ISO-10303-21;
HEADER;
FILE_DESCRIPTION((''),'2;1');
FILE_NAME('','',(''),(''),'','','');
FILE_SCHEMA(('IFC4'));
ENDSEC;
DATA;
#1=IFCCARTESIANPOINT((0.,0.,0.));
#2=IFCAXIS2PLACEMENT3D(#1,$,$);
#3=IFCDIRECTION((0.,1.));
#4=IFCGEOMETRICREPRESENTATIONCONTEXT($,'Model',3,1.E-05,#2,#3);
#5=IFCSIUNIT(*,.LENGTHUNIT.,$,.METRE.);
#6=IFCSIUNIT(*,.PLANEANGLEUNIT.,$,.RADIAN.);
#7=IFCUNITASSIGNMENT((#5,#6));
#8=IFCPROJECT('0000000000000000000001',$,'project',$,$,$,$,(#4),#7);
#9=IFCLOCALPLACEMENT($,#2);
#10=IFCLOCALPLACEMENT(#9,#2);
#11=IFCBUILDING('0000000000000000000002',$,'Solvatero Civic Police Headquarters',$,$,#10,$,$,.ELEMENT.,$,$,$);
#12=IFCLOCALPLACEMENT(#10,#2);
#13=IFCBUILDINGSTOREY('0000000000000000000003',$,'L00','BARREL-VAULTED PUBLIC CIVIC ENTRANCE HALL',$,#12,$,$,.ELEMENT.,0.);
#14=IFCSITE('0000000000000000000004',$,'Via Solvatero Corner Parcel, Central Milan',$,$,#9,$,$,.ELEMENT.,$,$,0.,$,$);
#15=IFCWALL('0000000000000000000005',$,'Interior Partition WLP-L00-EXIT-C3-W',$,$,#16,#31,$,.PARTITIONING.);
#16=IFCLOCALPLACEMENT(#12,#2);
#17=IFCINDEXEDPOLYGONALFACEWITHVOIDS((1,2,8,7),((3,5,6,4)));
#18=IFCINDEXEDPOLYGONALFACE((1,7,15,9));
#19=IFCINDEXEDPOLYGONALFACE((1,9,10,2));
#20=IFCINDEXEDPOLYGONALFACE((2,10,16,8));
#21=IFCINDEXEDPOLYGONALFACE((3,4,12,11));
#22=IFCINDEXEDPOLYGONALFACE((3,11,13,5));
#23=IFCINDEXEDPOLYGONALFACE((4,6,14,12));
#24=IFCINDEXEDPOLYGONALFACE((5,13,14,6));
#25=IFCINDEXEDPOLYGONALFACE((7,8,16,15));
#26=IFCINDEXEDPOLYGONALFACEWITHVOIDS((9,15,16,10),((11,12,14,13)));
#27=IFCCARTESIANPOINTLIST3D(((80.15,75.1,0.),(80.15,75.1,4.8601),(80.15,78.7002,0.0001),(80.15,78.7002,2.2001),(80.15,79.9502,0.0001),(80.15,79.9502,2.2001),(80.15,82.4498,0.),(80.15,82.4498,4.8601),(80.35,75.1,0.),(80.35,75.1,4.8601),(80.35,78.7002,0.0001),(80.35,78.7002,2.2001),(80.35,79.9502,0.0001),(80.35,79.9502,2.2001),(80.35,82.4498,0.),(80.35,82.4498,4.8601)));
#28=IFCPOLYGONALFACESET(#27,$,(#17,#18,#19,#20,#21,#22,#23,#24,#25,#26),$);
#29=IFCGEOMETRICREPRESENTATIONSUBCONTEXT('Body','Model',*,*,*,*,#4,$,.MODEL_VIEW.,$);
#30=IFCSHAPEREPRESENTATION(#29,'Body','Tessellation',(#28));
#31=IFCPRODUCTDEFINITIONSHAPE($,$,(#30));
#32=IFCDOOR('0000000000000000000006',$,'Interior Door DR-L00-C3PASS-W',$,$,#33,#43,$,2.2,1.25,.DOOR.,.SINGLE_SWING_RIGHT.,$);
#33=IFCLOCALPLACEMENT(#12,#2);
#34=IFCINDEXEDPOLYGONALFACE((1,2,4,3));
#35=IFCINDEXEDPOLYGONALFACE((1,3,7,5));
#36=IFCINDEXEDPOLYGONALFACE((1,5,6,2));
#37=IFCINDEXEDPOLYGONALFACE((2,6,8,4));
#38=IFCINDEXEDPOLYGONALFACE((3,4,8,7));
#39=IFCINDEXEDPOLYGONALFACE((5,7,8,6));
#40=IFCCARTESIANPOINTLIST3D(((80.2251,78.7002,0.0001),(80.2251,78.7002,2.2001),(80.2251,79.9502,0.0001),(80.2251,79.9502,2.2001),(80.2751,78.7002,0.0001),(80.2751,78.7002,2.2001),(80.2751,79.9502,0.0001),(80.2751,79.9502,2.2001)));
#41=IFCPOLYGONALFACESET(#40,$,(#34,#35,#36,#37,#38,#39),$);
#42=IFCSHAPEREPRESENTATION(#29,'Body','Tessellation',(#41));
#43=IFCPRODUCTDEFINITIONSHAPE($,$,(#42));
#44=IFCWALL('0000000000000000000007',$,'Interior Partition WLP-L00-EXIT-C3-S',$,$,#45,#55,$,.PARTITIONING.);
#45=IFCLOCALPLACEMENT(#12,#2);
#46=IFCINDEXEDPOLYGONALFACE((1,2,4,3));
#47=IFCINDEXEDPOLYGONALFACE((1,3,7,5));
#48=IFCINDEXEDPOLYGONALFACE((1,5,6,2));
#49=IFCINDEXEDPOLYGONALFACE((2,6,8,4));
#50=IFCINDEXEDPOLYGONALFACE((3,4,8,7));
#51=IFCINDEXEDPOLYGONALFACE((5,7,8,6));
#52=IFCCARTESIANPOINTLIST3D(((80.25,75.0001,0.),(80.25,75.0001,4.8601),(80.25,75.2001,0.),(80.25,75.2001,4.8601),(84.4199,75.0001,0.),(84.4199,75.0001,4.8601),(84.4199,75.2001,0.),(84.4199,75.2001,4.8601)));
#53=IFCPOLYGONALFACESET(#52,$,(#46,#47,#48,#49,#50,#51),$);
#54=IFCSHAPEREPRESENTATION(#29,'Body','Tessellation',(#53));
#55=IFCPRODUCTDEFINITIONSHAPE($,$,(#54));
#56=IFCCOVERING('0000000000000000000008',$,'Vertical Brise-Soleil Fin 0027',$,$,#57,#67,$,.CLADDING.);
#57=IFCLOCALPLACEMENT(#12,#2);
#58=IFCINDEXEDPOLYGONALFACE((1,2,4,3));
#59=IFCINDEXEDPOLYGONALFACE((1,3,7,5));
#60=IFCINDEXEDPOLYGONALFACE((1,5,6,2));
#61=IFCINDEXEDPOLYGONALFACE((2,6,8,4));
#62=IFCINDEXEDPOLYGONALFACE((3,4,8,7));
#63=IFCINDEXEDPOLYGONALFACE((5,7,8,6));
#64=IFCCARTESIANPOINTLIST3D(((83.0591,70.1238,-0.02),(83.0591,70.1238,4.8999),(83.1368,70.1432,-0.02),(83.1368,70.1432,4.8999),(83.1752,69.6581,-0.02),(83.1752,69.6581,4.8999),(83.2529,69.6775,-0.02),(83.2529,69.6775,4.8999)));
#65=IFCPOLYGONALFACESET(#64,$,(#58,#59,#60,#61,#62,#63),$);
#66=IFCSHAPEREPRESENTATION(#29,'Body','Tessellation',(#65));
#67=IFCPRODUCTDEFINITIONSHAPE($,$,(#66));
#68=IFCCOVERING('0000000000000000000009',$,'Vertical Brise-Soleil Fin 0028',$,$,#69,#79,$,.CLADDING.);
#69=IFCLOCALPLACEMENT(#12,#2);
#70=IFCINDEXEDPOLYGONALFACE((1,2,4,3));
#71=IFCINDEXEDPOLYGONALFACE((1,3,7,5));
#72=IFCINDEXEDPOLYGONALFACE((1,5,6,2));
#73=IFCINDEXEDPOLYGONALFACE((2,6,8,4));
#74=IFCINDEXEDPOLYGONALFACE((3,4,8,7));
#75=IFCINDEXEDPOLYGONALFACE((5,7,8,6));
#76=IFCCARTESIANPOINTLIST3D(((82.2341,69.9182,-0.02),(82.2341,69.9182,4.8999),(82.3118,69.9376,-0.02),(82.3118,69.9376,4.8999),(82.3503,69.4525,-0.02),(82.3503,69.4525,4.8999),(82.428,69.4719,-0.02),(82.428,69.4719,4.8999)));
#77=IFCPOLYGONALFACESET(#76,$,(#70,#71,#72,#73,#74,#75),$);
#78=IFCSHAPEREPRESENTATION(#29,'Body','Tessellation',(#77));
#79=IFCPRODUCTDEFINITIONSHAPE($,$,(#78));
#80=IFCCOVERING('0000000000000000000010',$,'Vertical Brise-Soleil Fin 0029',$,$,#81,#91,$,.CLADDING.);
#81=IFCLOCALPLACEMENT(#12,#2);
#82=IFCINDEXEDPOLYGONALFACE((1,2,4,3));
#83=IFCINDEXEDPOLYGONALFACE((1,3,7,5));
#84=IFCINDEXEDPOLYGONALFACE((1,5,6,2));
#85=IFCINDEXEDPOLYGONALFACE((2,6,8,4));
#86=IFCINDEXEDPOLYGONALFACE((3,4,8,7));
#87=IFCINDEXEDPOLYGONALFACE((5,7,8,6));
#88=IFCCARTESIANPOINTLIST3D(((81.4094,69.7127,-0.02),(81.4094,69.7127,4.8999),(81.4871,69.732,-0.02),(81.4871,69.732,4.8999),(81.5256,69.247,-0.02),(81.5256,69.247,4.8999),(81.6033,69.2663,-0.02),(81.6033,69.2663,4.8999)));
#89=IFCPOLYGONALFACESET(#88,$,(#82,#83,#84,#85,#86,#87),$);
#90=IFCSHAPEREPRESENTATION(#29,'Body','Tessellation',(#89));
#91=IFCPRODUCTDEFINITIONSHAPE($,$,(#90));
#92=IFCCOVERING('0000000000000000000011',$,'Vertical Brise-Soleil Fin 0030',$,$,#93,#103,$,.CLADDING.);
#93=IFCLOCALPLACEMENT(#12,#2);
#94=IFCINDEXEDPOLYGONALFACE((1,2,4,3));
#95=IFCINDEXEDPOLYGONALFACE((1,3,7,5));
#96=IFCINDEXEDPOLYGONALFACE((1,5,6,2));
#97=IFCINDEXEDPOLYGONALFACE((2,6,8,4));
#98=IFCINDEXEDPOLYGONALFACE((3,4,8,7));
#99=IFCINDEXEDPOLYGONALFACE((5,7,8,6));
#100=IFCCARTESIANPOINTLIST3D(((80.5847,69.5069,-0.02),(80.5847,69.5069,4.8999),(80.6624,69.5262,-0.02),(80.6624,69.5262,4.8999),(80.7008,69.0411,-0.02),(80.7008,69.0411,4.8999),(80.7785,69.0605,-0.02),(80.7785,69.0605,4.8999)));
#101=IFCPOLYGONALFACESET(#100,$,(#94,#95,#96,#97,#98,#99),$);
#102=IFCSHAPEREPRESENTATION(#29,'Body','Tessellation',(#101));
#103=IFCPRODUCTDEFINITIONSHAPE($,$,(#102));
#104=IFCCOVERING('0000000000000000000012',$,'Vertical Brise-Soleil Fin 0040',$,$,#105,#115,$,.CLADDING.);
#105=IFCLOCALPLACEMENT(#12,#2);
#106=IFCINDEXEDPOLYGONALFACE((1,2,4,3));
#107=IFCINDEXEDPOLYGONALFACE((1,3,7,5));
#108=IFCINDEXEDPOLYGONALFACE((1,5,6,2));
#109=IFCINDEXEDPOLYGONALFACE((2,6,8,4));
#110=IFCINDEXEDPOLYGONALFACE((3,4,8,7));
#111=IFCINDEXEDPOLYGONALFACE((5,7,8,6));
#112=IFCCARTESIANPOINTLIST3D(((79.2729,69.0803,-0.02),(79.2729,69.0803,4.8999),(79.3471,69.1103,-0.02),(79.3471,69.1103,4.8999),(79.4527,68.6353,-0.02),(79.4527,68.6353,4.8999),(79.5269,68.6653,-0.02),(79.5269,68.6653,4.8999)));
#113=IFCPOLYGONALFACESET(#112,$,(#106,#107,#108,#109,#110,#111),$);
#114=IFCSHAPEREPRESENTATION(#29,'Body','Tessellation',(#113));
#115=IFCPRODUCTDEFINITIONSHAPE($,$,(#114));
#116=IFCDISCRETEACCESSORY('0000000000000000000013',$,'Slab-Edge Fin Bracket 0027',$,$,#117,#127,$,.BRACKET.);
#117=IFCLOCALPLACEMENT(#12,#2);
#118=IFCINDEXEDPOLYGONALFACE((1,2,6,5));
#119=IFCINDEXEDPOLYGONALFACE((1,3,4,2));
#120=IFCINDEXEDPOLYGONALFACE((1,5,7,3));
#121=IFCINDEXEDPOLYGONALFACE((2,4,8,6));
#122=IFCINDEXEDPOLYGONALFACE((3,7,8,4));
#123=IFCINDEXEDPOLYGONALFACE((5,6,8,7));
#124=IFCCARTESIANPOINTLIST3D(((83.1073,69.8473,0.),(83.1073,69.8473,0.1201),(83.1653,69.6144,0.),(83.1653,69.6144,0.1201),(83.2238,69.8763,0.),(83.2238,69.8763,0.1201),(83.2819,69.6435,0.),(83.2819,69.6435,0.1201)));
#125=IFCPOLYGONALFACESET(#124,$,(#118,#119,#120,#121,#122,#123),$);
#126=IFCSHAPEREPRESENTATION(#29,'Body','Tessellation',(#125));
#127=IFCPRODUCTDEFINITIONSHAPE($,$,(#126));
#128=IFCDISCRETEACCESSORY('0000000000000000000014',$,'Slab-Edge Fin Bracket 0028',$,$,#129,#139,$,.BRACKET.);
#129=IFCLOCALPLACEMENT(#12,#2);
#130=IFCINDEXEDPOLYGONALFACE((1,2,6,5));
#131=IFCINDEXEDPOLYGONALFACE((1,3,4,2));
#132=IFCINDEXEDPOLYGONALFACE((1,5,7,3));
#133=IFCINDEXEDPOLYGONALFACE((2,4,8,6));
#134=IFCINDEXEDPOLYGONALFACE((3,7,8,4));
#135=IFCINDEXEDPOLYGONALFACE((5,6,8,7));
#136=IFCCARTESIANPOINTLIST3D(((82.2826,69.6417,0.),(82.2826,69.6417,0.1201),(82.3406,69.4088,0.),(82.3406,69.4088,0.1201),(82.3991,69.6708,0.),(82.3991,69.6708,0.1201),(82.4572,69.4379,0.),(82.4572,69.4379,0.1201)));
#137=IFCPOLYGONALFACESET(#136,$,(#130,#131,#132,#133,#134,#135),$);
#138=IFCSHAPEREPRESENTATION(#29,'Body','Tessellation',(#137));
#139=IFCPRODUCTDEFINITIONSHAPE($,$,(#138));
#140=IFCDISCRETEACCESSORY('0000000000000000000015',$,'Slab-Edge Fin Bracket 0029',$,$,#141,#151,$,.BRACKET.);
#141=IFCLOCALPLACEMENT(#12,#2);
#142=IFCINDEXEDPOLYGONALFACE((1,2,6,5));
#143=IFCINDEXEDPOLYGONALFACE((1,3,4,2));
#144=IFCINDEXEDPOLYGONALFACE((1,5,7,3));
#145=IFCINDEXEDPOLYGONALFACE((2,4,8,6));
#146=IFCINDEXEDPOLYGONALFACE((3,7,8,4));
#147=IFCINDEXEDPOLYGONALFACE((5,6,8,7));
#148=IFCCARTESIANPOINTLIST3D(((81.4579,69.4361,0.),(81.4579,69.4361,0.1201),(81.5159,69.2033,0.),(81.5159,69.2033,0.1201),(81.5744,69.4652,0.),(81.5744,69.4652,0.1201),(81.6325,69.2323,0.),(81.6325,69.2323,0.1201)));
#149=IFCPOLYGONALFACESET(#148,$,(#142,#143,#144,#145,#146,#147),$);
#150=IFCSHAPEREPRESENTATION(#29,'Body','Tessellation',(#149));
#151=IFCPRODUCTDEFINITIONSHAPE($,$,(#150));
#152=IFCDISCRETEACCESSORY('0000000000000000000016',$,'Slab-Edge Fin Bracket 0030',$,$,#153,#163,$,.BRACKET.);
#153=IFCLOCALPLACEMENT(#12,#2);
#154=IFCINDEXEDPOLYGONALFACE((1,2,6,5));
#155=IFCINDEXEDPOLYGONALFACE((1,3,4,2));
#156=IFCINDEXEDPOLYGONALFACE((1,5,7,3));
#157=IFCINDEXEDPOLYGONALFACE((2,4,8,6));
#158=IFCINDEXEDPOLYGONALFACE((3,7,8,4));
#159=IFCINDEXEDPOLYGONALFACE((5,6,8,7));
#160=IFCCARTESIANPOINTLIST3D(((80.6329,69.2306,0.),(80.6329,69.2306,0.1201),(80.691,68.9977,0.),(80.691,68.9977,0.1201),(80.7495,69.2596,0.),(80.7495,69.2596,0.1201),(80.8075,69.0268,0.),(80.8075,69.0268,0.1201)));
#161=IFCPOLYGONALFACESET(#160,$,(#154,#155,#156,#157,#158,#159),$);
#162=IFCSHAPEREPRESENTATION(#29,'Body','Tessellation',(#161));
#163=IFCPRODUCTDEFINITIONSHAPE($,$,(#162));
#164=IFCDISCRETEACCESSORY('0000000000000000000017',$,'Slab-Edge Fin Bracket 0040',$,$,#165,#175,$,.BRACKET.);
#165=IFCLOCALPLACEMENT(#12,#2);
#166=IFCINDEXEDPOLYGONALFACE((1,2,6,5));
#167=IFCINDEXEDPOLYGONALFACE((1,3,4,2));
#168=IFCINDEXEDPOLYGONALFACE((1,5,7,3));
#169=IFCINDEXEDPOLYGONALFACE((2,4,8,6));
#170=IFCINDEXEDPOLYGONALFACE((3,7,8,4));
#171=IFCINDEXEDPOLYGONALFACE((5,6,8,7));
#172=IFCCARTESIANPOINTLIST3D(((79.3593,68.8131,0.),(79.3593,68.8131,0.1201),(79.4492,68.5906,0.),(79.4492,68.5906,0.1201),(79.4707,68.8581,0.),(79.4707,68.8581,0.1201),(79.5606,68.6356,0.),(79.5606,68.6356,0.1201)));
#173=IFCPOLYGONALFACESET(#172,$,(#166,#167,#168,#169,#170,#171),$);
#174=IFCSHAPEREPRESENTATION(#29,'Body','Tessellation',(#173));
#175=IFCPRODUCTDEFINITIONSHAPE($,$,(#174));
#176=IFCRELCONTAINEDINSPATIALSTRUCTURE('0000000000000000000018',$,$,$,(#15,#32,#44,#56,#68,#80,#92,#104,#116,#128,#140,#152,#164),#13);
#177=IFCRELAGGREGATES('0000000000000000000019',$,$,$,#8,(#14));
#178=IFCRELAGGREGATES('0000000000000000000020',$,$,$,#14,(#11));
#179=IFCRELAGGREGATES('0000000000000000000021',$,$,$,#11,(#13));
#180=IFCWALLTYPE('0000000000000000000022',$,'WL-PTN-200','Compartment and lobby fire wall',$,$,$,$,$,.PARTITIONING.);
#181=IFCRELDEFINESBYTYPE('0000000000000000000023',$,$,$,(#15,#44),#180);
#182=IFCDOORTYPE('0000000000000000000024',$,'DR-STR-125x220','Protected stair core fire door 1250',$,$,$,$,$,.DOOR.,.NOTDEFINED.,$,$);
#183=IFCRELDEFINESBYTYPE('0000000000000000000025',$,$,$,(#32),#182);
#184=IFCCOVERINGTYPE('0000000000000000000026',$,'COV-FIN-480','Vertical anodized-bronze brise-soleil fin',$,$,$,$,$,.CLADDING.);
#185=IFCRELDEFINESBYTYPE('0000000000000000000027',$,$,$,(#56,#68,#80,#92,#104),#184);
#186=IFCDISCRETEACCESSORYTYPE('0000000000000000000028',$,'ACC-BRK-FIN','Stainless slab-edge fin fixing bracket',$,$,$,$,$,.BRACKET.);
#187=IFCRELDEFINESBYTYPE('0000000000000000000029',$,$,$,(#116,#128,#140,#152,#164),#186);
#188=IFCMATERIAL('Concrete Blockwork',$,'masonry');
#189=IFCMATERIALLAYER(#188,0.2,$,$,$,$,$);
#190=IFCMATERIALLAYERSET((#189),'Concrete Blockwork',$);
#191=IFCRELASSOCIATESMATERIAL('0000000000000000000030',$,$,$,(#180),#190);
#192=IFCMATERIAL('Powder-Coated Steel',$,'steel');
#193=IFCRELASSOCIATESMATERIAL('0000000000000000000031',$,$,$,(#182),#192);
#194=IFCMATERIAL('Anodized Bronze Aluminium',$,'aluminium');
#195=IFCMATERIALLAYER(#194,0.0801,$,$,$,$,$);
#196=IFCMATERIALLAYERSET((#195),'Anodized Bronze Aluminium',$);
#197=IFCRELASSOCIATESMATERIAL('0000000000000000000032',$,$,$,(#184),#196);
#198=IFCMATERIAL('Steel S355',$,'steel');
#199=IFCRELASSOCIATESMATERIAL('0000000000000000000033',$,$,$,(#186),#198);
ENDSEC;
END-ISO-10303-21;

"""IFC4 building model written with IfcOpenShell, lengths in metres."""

from ifc_helpers import new_model, si_unit, direction, frame, frame_2d, origin, origin_2d, place, context, subcontext, project, spatial, rectangle, extrude, material, layer, layer_set, type_object, element, fill, save


model = new_model("IFC4")

# Units and contexts
model_context = context("Model", 3, precision=1e-05, world=origin(), true_north=direction((0.0, 1.0)))
body_context = subcontext(model_context, "Body", "Model", "MODEL_VIEW")
ifc_project = project(units=[si_unit("LENGTHUNIT", "METRE"), si_unit("PLANEANGLEUNIT", "RADIAN")], contexts=[model_context])

# Site, building, storey
site_placement = place(None, origin())
site = spatial("IfcSite", under=ifc_project, at=site_placement, Name="Via Solvatero Corner Parcel, Central Milan", CompositionType="ELEMENT", RefElevation=0.0)
building_placement = place(site_placement, origin())
building = spatial("IfcBuilding", under=site, at=building_placement, Name="Solvatero Civic Police Headquarters", CompositionType="ELEMENT")
storey_placement = place(building_placement, origin())
storey = spatial("IfcBuildingStorey", under=building, at=storey_placement, Name="L00", Description="BARREL-VAULTED PUBLIC CIVIC ENTRANCE HALL", CompositionType="ELEMENT", Elevation=0.0)

# Shared definitions
ifc_material_1 = material(Name="Steel S355", Category="steel")

# Shared definitions
ifc_material_2 = material(Name="Anodized Bronze Aluminium", Category="aluminium")

# Wall, opening, door
ifc_material_3 = material(Name="Concrete Blockwork", Category="masonry")
ifc_layer_1 = layer(ifc_material_3, 0.2)
ifc_layer_set_1 = layer_set([ifc_layer_1], Name="Concrete Blockwork")
wall_type = type_object("IfcWallType", Name="WL-PTN-200", Description="Compartment and lobby fire wall", PredefinedType="PARTITIONING", material=ifc_layer_set_1)
wall_1_placement = place(storey_placement, frame((80.25, 75.1001, 0.0), z_axis=(0.0, 0.0, 1.0), x_axis=(0.0, 1.0, 0.0)))
wall_1 = element("IfcWall", 1, at=wall_1_placement, inside=storey, type_object=wall_type, Name="Interior Partition WLP-L00-EXIT-C3-W", PredefinedType="PARTITIONING", context=body_context, shape_type="SweptSolid", body=[
    extrude(rectangle(XDim=7.3499, YDim=0.2, at=frame_2d((3.6748, 0.0))), origin(), (0.0, 0.0, 1.0), 4.8601),
])
opening_placement = place(wall_1_placement, frame((3.6001, 0.0, 0.0)))
opening = element("IfcOpeningElement", 2, at=opening_placement, cuts=wall_1, PredefinedType="OPENING", context=body_context, shape_type="SweptSolid", body=[
    extrude(rectangle(XDim=1.25, YDim=2.2, at=frame_2d((0.625, 1.1001))), frame((0.0, 0.1099, 0.0), z_axis=(0.0, -1.0, 0.0), x_axis=(1.0, 0.0, 0.0)), (0.0, 0.0, 1.0), 0.22),
])
ifc_material_4 = material(Name="Powder-Coated Steel", Category="steel")
door_type = type_object("IfcDoorType", Name="DR-STR-125x220", Description="Protected stair core fire door 1250", OperationType="NOTDEFINED", PredefinedType="DOOR", material=ifc_material_4)
door_placement = place(opening_placement, origin())
door = element("IfcDoor", 3, at=door_placement, inside=storey, type_object=door_type, Name="Interior Door DR-L00-C3PASS-W", OperationType="SINGLE_SWING_RIGHT", OverallHeight=2.2, OverallWidth=1.25, PredefinedType="DOOR", context=body_context, shape_type="SweptSolid", body=[
    extrude(rectangle(XDim=1.25, YDim=2.2, at=frame_2d((0.625, 1.1001))), frame((0.0, 0.0249, 0.0), z_axis=(0.0, -1.0, 0.0), x_axis=(1.0, 0.0, 0.0)), (0.0, 0.0, 1.0), 0.05),
])
fill(opening, door)

# Wall
wall_2_placement = place(storey_placement, frame((80.25, 75.1001, 0.0), z_axis=(0.0, 0.0, 1.0), x_axis=(1.0, 0.0, 0.0)))
element("IfcWall", 4, at=wall_2_placement, inside=storey, type_object=wall_type, Name="Interior Partition WLP-L00-EXIT-C3-S", PredefinedType="PARTITIONING", context=body_context, shape_type="SweptSolid", body=[
    extrude(rectangle(XDim=4.1699, YDim=0.2, at=frame_2d((2.085, 0.0))), origin(), (0.0, 0.0, 1.0), 4.8601),
])

# Coverings
ifc_layer_2 = layer(ifc_material_2, 0.0801)
ifc_layer_set_2 = layer_set([ifc_layer_2], Name="Anodized Bronze Aluminium")
covering_type = type_object("IfcCoveringType", Name="COV-FIN-480", Description="Vertical anodized-bronze brise-soleil fin", PredefinedType="CLADDING", material=ifc_layer_set_2)
for number, where, z_axis, x_axis, name in (
    (5, (83.156, 69.9006, -0.02), (0.0, 0.0, 1.0), (-0.970296, -0.241922, 0.0), "Vertical Brise-Soleil Fin 0027"),
    (6, (82.3311, 69.6951, -0.02), (0.0, 0.0, 1.0), (-0.970296, -0.241922, 0.0), "Vertical Brise-Soleil Fin 0028"),
    (7, (81.5063, 69.4895, -0.02), (0.0, 0.0, 1.0), (-0.970296, -0.241922, 0.0), "Vertical Brise-Soleil Fin 0029"),
    (8, (80.6816, 69.2837, -0.02), (0.0, 0.0, 1.0), (-0.970296, -0.241922, 0.0), "Vertical Brise-Soleil Fin 0030"),
    (9, (79.3999, 68.8728, -0.02), (0.0, 0.0, 1.0), (-0.927184, -0.374607, 0.0), "Vertical Brise-Soleil Fin 0040"),
):
    element("IfcCovering", number, at=place(storey_placement, frame(where, z_axis=z_axis, x_axis=x_axis)), inside=storey, type_object=covering_type, Name=name, PredefinedType="CLADDING", context=body_context, shape_type="SweptSolid", body=[
        extrude(rectangle(XDim=0.0801, YDim=0.48, at=origin_2d()), origin(), (0.0, 0.0, 1.0), 4.9199),
    ])

# Discrete accessories
discrete_accessory_type = type_object("IfcDiscreteAccessoryType", Name="ACC-BRK-FIN", Description="Stainless slab-edge fin fixing bracket", PredefinedType="BRACKET", material=ifc_material_1)
for number, where, z_axis, x_axis, name in (
    (10, (83.1946, 69.7454, 0.0), (0.0, 0.0, 1.0), (-0.970296, -0.241922, 0.0), "Slab-Edge Fin Bracket 0027"),
    (11, (82.3699, 69.5398, 0.0), (0.0, 0.0, 1.0), (-0.970296, -0.241922, 0.0), "Slab-Edge Fin Bracket 0028"),
    (12, (81.5452, 69.3342, 0.0), (0.0, 0.0, 1.0), (-0.970296, -0.241922, 0.0), "Slab-Edge Fin Bracket 0029"),
    (13, (80.7202, 69.1287, 0.0), (0.0, 0.0, 1.0), (-0.970296, -0.241922, 0.0), "Slab-Edge Fin Bracket 0030"),
    (14, (79.46, 68.7244, 0.0), (0.0, 0.0, 1.0), (-0.927184, -0.374607, 0.0), "Slab-Edge Fin Bracket 0040"),
):
    element("IfcDiscreteAccessory", number, at=place(storey_placement, frame(where, z_axis=z_axis, x_axis=x_axis)), inside=storey, type_object=discrete_accessory_type, Name=name, PredefinedType="BRACKET", context=body_context, shape_type="SweptSolid", body=[
        extrude(rectangle(XDim=0.1201, YDim=0.24, at=origin_2d()), origin(), (0.0, 0.0, 1.0), 0.1201),
    ])

save(model, "model.ifc")
